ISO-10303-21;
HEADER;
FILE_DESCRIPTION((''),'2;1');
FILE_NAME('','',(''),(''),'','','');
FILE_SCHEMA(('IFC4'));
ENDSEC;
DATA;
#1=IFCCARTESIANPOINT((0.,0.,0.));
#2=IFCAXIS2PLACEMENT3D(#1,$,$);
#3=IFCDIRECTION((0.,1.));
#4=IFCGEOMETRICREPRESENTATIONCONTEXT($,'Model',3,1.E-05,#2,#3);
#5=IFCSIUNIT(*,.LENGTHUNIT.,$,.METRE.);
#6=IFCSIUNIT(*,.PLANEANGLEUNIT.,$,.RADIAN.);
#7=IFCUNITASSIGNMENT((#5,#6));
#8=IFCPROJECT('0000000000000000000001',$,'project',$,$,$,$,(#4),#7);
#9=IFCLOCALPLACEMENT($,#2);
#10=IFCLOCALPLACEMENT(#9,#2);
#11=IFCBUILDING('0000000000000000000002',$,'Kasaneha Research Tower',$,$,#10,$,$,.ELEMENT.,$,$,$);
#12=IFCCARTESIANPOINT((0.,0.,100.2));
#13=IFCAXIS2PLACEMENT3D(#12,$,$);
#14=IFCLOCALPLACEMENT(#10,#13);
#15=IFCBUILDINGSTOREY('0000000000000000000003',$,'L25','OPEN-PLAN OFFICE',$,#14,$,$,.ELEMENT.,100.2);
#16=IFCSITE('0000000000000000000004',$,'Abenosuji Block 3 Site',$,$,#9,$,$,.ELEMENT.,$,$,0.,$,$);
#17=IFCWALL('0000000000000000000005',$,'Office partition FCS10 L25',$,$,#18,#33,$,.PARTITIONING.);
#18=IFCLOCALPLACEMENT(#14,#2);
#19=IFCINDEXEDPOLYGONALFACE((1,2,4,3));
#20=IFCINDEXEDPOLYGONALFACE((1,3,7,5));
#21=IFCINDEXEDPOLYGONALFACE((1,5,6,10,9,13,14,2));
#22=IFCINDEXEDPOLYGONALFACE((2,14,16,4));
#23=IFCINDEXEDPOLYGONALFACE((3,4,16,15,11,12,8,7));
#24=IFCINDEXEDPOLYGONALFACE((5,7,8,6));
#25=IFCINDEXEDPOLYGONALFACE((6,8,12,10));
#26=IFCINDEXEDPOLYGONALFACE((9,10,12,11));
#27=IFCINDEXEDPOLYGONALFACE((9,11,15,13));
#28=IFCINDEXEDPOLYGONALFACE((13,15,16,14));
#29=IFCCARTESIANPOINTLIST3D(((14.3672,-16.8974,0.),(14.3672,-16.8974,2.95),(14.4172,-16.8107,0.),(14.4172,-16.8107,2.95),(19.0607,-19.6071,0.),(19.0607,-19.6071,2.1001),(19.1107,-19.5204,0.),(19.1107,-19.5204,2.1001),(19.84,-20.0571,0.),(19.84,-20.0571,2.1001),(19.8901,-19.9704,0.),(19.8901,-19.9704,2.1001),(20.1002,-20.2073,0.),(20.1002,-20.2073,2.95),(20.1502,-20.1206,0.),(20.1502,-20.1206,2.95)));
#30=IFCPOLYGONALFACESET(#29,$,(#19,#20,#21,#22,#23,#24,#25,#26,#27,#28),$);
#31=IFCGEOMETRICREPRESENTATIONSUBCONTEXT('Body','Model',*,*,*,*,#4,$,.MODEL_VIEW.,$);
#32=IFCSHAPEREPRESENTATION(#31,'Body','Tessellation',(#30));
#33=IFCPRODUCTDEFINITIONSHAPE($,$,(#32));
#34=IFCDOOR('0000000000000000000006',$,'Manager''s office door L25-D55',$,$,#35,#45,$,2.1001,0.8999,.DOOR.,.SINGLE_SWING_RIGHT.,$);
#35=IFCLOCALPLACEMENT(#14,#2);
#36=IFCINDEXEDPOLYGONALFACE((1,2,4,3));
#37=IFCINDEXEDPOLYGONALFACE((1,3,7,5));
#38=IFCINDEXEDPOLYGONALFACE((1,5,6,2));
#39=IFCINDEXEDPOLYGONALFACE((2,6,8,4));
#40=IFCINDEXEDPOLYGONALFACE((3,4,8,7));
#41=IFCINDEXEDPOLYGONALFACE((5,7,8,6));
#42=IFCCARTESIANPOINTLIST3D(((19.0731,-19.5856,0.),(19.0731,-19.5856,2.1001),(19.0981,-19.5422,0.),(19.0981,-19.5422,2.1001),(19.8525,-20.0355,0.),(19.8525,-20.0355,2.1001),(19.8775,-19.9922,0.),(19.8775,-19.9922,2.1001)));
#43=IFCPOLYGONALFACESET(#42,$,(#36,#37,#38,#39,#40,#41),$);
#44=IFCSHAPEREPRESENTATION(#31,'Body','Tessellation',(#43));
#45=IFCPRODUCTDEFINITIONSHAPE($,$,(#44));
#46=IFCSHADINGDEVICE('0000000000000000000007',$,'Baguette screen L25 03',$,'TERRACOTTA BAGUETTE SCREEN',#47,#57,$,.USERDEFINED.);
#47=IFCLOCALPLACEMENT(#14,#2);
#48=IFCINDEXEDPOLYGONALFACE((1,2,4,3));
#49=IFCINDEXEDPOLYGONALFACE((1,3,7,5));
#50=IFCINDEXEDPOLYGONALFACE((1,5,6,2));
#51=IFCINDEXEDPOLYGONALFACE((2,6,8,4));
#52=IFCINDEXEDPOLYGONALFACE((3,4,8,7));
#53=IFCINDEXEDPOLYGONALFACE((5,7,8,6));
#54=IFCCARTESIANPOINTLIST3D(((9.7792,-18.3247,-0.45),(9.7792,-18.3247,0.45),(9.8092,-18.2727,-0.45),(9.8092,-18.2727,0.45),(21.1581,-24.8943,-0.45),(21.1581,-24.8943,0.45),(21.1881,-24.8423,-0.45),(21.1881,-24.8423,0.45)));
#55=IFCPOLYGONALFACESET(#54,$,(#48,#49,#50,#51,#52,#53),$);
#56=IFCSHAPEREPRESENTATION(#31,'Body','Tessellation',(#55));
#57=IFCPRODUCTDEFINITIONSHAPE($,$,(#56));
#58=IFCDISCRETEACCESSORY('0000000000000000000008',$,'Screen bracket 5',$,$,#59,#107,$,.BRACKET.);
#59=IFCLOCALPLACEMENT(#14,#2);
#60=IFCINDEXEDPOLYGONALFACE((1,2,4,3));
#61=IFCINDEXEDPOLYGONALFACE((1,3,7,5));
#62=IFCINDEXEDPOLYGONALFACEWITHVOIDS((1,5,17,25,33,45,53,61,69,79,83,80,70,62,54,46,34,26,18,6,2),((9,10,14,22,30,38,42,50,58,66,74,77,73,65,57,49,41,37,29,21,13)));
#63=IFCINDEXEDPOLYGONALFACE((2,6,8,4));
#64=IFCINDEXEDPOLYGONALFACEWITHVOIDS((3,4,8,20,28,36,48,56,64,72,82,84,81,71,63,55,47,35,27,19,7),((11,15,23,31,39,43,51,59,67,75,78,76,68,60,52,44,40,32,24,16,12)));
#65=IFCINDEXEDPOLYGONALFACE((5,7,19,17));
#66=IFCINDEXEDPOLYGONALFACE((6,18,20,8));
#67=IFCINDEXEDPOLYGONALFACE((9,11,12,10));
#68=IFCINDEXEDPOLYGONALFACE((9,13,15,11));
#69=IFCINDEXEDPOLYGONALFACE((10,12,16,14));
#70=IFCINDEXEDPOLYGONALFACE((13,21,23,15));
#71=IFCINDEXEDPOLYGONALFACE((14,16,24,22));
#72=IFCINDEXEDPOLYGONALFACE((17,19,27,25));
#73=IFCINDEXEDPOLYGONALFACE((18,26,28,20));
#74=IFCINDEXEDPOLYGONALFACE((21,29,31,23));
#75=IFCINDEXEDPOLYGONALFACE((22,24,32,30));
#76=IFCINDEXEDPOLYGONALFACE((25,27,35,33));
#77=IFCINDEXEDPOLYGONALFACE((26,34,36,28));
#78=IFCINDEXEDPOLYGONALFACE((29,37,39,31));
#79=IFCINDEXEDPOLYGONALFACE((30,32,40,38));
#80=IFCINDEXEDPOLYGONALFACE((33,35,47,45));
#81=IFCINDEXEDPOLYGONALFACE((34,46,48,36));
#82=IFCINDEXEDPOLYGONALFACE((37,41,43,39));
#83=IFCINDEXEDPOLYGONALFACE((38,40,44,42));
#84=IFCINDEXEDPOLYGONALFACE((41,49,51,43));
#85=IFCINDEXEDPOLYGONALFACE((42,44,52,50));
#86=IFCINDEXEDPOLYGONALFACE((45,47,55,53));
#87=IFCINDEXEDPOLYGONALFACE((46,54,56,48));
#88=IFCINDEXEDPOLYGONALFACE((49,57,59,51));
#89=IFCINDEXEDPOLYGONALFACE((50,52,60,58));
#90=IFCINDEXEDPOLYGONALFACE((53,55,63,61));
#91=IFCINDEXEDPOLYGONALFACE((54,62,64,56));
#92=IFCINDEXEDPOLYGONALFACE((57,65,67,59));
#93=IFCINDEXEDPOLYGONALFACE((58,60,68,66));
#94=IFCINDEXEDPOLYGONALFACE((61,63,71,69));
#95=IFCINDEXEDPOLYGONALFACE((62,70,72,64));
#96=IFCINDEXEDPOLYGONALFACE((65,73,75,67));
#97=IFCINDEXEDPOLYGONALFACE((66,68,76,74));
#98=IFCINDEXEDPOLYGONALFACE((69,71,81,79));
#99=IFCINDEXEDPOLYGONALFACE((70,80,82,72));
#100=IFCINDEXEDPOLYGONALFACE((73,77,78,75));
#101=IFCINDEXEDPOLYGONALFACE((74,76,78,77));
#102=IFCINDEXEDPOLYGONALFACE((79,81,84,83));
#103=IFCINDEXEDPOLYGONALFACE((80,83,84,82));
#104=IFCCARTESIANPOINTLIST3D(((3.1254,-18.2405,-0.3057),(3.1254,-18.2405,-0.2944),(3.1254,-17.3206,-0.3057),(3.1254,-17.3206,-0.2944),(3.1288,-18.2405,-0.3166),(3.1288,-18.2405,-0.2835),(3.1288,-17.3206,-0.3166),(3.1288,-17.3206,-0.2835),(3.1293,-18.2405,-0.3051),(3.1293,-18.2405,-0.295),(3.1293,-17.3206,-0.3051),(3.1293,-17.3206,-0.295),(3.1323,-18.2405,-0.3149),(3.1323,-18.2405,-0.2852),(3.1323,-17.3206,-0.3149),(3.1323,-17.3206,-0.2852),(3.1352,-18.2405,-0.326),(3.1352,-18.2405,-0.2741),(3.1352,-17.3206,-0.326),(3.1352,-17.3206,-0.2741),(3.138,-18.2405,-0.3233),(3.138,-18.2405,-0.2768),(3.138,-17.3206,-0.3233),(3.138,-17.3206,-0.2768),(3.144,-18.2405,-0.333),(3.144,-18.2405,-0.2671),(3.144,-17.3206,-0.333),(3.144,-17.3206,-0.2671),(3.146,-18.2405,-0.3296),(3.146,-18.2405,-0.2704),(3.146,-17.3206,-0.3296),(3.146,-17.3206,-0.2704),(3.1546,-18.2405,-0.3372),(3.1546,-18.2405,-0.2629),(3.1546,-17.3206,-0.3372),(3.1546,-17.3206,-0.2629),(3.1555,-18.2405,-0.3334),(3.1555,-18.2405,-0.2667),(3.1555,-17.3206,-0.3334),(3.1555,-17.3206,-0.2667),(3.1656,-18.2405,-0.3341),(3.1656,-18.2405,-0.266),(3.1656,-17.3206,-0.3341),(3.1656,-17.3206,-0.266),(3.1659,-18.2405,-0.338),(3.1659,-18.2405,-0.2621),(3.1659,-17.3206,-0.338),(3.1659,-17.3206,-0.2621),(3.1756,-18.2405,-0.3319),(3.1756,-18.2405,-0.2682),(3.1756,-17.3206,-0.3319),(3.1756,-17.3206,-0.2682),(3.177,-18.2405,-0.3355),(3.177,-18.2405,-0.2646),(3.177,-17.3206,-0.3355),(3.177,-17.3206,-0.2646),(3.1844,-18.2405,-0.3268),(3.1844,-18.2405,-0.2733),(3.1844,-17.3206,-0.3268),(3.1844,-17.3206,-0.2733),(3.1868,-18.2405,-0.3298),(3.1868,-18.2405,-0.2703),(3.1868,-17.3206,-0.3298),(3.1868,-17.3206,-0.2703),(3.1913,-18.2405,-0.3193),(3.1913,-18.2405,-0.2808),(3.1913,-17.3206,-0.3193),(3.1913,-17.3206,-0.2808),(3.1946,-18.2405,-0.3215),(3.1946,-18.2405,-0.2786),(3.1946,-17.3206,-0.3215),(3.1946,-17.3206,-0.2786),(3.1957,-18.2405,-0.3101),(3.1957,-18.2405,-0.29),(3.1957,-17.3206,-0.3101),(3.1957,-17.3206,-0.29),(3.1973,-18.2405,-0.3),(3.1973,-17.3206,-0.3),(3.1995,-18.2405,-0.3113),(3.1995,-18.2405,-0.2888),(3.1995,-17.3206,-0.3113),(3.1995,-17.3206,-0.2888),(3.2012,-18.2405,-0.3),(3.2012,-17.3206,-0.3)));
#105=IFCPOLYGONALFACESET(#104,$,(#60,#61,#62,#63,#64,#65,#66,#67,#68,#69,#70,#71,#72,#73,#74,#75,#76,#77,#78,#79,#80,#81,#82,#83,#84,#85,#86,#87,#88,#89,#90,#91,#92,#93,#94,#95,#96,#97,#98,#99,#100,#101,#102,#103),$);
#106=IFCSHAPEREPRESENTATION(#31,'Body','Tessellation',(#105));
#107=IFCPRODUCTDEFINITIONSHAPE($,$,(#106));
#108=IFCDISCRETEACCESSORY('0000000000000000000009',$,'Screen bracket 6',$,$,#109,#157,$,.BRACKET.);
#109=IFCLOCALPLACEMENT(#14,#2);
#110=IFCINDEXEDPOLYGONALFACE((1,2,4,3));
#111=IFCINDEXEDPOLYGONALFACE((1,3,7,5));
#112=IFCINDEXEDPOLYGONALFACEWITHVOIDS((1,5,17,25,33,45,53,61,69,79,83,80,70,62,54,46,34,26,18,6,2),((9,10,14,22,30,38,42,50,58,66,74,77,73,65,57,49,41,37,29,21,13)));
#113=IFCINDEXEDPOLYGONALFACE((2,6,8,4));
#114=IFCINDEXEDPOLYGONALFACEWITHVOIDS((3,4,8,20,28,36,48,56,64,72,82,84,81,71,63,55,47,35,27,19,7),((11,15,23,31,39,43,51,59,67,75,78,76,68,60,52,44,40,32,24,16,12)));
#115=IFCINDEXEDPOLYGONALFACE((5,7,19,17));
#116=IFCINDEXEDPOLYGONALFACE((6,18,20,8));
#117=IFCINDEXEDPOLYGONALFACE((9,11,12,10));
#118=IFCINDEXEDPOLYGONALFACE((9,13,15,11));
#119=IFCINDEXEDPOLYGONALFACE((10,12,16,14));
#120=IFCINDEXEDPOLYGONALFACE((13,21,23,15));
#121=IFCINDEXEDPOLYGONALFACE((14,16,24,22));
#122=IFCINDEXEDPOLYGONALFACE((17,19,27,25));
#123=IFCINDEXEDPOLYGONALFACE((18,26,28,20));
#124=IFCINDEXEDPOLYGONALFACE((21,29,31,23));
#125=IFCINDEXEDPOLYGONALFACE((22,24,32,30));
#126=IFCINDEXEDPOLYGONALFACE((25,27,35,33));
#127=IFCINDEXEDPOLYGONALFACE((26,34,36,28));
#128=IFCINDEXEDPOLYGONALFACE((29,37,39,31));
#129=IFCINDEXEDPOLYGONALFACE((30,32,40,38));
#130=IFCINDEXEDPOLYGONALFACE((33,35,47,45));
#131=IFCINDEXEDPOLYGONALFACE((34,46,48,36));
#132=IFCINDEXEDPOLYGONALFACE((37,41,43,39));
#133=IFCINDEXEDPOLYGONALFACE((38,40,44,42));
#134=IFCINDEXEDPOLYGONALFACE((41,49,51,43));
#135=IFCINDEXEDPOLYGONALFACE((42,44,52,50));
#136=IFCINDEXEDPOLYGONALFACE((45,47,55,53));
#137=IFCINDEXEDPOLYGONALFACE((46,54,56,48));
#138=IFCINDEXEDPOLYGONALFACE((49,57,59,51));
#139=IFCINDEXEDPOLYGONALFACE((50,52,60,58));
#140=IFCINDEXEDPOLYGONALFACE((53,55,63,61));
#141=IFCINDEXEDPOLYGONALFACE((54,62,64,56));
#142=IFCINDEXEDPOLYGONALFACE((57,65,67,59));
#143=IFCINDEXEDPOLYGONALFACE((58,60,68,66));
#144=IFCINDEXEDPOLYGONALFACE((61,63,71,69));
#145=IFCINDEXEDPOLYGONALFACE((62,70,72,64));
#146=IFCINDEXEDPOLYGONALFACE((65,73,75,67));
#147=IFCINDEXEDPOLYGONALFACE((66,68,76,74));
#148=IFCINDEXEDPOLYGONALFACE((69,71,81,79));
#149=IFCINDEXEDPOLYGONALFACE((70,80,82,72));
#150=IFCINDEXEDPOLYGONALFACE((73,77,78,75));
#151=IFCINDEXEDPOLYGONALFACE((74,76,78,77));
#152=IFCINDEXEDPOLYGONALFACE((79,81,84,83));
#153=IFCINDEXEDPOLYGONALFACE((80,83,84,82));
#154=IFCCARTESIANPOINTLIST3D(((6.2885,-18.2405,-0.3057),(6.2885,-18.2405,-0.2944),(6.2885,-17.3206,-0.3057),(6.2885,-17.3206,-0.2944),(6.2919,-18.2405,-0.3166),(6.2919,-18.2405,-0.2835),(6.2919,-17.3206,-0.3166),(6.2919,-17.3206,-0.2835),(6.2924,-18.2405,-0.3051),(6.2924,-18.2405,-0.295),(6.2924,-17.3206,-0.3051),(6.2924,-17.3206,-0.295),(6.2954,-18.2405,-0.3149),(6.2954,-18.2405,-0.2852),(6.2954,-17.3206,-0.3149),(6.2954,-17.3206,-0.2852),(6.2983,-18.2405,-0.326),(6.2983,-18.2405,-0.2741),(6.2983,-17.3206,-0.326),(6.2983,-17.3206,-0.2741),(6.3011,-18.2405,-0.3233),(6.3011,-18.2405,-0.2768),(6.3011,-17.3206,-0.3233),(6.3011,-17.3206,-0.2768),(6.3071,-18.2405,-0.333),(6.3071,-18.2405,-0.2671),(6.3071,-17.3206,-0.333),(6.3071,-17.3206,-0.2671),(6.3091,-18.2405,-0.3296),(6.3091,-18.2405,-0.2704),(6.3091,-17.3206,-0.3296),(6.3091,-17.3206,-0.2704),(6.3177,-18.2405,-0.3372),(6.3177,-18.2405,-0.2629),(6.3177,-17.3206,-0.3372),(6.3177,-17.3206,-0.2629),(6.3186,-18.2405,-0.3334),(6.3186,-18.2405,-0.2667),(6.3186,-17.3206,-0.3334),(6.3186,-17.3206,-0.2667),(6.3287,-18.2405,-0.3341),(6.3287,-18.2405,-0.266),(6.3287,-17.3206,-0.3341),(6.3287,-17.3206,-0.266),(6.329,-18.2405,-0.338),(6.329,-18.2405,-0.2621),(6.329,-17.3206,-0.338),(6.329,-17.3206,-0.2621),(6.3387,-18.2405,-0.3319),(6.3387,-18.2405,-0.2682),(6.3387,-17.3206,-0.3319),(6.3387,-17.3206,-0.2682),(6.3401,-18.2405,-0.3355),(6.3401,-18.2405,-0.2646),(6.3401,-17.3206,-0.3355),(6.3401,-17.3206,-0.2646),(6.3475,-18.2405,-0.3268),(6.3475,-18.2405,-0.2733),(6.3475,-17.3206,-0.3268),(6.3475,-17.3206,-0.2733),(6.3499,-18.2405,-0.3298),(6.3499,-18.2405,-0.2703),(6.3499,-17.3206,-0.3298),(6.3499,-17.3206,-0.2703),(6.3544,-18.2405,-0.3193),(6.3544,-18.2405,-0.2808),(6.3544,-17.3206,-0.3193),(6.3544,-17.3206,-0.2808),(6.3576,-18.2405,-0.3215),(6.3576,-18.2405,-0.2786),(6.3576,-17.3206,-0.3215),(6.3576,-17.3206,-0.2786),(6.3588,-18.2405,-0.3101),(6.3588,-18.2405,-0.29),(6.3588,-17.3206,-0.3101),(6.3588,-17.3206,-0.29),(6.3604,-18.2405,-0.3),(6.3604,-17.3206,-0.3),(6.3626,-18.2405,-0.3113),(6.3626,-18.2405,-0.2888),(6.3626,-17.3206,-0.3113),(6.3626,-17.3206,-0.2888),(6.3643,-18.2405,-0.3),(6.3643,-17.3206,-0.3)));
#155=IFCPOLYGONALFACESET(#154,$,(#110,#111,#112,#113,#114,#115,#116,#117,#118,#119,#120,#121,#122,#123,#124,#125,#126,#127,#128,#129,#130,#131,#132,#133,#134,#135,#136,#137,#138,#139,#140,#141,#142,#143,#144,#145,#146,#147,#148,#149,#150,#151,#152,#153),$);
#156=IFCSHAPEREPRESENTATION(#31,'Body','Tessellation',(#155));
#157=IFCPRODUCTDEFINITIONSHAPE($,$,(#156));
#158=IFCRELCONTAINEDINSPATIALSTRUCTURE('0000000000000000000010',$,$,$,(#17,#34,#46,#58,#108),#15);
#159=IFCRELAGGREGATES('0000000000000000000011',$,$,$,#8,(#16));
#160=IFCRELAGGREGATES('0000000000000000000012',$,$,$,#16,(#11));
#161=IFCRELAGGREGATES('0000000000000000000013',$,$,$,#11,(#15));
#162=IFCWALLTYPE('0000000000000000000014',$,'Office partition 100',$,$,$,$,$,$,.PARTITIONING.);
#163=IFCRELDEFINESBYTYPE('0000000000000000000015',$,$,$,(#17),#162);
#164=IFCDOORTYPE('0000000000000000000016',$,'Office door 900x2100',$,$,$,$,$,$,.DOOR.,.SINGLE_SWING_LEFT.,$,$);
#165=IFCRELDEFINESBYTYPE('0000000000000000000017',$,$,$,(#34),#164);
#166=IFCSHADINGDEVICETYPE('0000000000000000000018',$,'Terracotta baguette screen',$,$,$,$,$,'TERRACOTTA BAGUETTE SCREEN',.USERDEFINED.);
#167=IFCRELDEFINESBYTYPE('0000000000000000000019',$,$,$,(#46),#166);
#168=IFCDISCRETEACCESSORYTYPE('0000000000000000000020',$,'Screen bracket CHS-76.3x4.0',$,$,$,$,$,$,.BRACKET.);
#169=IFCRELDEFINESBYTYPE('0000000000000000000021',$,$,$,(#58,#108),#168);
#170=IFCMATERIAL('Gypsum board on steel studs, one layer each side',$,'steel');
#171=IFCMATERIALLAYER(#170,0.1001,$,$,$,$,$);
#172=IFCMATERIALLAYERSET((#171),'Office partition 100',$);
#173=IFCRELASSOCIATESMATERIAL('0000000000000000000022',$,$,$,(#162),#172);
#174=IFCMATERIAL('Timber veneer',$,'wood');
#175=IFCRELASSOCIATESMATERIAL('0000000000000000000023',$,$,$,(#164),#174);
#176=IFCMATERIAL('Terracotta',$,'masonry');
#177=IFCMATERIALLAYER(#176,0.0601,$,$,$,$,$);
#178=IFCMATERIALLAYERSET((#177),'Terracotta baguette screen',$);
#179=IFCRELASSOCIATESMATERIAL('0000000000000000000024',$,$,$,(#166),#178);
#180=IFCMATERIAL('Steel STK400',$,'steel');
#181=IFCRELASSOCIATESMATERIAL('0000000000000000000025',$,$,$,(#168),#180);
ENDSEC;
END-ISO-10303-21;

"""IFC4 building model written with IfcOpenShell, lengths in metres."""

from ifc_helpers import new_model, si_unit, direction, frame, frame_2d, origin, origin_2d, place, context, subcontext, project, spatial, rectangle, hollow_circle, extrude, material, layer, layer_set, material_profile, profile_set, type_object, element, fill, save


model = new_model("IFC4")

# Units and contexts
model_context = context("Model", 3, precision=1e-05, world=origin(), true_north=direction((0.0, 1.0)))
body_context = subcontext(model_context, "Body", "Model", "MODEL_VIEW")
ifc_project = project(units=[si_unit("LENGTHUNIT", "METRE"), si_unit("PLANEANGLEUNIT", "RADIAN")], contexts=[model_context])

# Site, building, storey
site_placement = place(None, origin())
site = spatial("IfcSite", under=ifc_project, at=site_placement, Name="Abenosuji Block 3 Site", CompositionType="ELEMENT", RefElevation=0.0)
building_placement = place(site_placement, origin())
building = spatial("IfcBuilding", under=site, at=building_placement, Name="Kasaneha Research Tower", CompositionType="ELEMENT")
storey_placement = place(building_placement, frame((0.0, 0.0, 100.2)))
storey = spatial("IfcBuildingStorey", under=building, at=storey_placement, Name="L25", Description="OPEN-PLAN OFFICE", CompositionType="ELEMENT", Elevation=100.2)

# Shared definitions
ifc_material_1 = material(Name="Gypsum board on steel studs, one layer each side", Category="steel")
ifc_layer_1 = layer(ifc_material_1, 0.1001)
ifc_layer_set_1 = layer_set([ifc_layer_1], Name="Office partition 100")
wall_type = type_object("IfcWallType", Name="Office partition 100", PredefinedType="PARTITIONING", material=ifc_layer_set_1)

# Wall, opening, door
wall_1_placement = place(storey_placement, frame((14.3921, -16.854, 0.0), z_axis=(0.0, 0.0, 1.0), x_axis=(0.866031, -0.499991, 0.0)))
wall_1 = element("IfcWall", 1, at=wall_1_placement, inside=storey, type_object=wall_type, Name="Office partition FCS10 L25", PredefinedType="PARTITIONING", context=body_context, shape_type="SweptSolid", body=[
    extrude(rectangle(XDim=6.6199, YDim=0.1001, at=frame_2d((3.3101, 0.0))), origin(), (0.0, 0.0, 1.0), 2.95),
])
opening_placement = place(wall_1_placement, frame((5.4197, 0.0, 0.0)))
opening = element("IfcOpeningElement", 2, at=opening_placement, cuts=wall_1, PredefinedType="OPENING", context=body_context, shape_type="SweptSolid", body=[
    extrude(rectangle(XDim=0.8999, YDim=2.1001, at=frame_2d((0.45, 1.05))), frame((0.0, 0.0601, 0.0), z_axis=(0.0, -1.0, 0.0), x_axis=(1.0, 0.0, 0.0)), (0.0, 0.0, 1.0), 0.1201),
])
ifc_material_2 = material(Name="Timber veneer", Category="wood")
door_type = type_object("IfcDoorType", Name="Office door 900x2100", OperationType="SINGLE_SWING_LEFT", PredefinedType="DOOR", material=ifc_material_2)
door_placement = place(opening_placement, origin())
door = element("IfcDoor", 3, at=door_placement, inside=storey, type_object=door_type, Name="Manager's office door L25-D55", OperationType="SINGLE_SWING_RIGHT", OverallHeight=2.1001, OverallWidth=0.8999, PredefinedType="DOOR", context=body_context, shape_type="SweptSolid", body=[
    extrude(rectangle(XDim=0.8999, YDim=2.1001, at=frame_2d((0.45, 1.05))), frame((0.0, 0.0249, 0.0), z_axis=(0.0, -1.0, 0.0), x_axis=(1.0, 0.0, 0.0)), (0.0, 0.0, 1.0), 0.05),
])
fill(opening, door)

# Shading device
ifc_material_3 = material(Name="Terracotta", Category="masonry")
ifc_layer_2 = layer(ifc_material_3, 0.0601)
ifc_layer_set_2 = layer_set([ifc_layer_2], Name="Terracotta baguette screen")
shading_device_type = type_object("IfcShadingDeviceType", Name="Terracotta baguette screen", ElementType="TERRACOTTA BAGUETTE SCREEN", PredefinedType="USERDEFINED", material=ifc_layer_set_2)
shading_device_placement = place(storey_placement, frame((15.4836, -21.5835, -0.45), z_axis=(0.0, 0.0, 1.0), x_axis=(0.866025, -0.5, 0.0)))
element("IfcShadingDevice", 4, at=shading_device_placement, inside=storey, type_object=shading_device_type, Name="Baguette screen L25 03", ObjectType="TERRACOTTA BAGUETTE SCREEN", PredefinedType="USERDEFINED", context=body_context, shape_type="SweptSolid", body=[
    extrude(rectangle(XDim=13.1392, YDim=0.0601, at=origin_2d()), origin(), (0.0, 0.0, 1.0), 0.8999),
])

# Discrete accessories
ifc_material_4 = material(Name="Steel STK400", Category="steel")
ifc_material_profile_1 = material_profile(ifc_material_4, hollow_circle(Radius=0.0381, WallThickness=0.0039, at=origin_2d()), Name="CHS-76.3x4.0")
ifc_profile_set_1 = profile_set([ifc_material_profile_1], Name="Steel STK400")
discrete_accessory_type = type_object("IfcDiscreteAccessoryType", Name="Screen bracket CHS-76.3x4.0", PredefinedType="BRACKET", material=ifc_profile_set_1)
for number, where, z_axis, x_axis, name in (
    (5, (3.1631, -17.3206, -0.3), (0.0, -1.0, 0.0), (1.0, 0.0, 0.0), "Screen bracket 5"),
    (6, (6.3262, -17.3206, -0.3), (0.0, -1.0, 0.0), (1.0, 0.0, 0.0), "Screen bracket 6"),
):
    element("IfcDiscreteAccessory", number, at=place(storey_placement, frame(where, z_axis=z_axis, x_axis=x_axis)), inside=storey, type_object=discrete_accessory_type, Name=name, PredefinedType="BRACKET", context=body_context, shape_type="SweptSolid", body=[
        extrude(hollow_circle(Radius=0.0381, WallThickness=0.0039, at=origin_2d()), origin(), (0.0, 0.0, 1.0), 0.9199),
    ])

save(model, "model.ifc")
